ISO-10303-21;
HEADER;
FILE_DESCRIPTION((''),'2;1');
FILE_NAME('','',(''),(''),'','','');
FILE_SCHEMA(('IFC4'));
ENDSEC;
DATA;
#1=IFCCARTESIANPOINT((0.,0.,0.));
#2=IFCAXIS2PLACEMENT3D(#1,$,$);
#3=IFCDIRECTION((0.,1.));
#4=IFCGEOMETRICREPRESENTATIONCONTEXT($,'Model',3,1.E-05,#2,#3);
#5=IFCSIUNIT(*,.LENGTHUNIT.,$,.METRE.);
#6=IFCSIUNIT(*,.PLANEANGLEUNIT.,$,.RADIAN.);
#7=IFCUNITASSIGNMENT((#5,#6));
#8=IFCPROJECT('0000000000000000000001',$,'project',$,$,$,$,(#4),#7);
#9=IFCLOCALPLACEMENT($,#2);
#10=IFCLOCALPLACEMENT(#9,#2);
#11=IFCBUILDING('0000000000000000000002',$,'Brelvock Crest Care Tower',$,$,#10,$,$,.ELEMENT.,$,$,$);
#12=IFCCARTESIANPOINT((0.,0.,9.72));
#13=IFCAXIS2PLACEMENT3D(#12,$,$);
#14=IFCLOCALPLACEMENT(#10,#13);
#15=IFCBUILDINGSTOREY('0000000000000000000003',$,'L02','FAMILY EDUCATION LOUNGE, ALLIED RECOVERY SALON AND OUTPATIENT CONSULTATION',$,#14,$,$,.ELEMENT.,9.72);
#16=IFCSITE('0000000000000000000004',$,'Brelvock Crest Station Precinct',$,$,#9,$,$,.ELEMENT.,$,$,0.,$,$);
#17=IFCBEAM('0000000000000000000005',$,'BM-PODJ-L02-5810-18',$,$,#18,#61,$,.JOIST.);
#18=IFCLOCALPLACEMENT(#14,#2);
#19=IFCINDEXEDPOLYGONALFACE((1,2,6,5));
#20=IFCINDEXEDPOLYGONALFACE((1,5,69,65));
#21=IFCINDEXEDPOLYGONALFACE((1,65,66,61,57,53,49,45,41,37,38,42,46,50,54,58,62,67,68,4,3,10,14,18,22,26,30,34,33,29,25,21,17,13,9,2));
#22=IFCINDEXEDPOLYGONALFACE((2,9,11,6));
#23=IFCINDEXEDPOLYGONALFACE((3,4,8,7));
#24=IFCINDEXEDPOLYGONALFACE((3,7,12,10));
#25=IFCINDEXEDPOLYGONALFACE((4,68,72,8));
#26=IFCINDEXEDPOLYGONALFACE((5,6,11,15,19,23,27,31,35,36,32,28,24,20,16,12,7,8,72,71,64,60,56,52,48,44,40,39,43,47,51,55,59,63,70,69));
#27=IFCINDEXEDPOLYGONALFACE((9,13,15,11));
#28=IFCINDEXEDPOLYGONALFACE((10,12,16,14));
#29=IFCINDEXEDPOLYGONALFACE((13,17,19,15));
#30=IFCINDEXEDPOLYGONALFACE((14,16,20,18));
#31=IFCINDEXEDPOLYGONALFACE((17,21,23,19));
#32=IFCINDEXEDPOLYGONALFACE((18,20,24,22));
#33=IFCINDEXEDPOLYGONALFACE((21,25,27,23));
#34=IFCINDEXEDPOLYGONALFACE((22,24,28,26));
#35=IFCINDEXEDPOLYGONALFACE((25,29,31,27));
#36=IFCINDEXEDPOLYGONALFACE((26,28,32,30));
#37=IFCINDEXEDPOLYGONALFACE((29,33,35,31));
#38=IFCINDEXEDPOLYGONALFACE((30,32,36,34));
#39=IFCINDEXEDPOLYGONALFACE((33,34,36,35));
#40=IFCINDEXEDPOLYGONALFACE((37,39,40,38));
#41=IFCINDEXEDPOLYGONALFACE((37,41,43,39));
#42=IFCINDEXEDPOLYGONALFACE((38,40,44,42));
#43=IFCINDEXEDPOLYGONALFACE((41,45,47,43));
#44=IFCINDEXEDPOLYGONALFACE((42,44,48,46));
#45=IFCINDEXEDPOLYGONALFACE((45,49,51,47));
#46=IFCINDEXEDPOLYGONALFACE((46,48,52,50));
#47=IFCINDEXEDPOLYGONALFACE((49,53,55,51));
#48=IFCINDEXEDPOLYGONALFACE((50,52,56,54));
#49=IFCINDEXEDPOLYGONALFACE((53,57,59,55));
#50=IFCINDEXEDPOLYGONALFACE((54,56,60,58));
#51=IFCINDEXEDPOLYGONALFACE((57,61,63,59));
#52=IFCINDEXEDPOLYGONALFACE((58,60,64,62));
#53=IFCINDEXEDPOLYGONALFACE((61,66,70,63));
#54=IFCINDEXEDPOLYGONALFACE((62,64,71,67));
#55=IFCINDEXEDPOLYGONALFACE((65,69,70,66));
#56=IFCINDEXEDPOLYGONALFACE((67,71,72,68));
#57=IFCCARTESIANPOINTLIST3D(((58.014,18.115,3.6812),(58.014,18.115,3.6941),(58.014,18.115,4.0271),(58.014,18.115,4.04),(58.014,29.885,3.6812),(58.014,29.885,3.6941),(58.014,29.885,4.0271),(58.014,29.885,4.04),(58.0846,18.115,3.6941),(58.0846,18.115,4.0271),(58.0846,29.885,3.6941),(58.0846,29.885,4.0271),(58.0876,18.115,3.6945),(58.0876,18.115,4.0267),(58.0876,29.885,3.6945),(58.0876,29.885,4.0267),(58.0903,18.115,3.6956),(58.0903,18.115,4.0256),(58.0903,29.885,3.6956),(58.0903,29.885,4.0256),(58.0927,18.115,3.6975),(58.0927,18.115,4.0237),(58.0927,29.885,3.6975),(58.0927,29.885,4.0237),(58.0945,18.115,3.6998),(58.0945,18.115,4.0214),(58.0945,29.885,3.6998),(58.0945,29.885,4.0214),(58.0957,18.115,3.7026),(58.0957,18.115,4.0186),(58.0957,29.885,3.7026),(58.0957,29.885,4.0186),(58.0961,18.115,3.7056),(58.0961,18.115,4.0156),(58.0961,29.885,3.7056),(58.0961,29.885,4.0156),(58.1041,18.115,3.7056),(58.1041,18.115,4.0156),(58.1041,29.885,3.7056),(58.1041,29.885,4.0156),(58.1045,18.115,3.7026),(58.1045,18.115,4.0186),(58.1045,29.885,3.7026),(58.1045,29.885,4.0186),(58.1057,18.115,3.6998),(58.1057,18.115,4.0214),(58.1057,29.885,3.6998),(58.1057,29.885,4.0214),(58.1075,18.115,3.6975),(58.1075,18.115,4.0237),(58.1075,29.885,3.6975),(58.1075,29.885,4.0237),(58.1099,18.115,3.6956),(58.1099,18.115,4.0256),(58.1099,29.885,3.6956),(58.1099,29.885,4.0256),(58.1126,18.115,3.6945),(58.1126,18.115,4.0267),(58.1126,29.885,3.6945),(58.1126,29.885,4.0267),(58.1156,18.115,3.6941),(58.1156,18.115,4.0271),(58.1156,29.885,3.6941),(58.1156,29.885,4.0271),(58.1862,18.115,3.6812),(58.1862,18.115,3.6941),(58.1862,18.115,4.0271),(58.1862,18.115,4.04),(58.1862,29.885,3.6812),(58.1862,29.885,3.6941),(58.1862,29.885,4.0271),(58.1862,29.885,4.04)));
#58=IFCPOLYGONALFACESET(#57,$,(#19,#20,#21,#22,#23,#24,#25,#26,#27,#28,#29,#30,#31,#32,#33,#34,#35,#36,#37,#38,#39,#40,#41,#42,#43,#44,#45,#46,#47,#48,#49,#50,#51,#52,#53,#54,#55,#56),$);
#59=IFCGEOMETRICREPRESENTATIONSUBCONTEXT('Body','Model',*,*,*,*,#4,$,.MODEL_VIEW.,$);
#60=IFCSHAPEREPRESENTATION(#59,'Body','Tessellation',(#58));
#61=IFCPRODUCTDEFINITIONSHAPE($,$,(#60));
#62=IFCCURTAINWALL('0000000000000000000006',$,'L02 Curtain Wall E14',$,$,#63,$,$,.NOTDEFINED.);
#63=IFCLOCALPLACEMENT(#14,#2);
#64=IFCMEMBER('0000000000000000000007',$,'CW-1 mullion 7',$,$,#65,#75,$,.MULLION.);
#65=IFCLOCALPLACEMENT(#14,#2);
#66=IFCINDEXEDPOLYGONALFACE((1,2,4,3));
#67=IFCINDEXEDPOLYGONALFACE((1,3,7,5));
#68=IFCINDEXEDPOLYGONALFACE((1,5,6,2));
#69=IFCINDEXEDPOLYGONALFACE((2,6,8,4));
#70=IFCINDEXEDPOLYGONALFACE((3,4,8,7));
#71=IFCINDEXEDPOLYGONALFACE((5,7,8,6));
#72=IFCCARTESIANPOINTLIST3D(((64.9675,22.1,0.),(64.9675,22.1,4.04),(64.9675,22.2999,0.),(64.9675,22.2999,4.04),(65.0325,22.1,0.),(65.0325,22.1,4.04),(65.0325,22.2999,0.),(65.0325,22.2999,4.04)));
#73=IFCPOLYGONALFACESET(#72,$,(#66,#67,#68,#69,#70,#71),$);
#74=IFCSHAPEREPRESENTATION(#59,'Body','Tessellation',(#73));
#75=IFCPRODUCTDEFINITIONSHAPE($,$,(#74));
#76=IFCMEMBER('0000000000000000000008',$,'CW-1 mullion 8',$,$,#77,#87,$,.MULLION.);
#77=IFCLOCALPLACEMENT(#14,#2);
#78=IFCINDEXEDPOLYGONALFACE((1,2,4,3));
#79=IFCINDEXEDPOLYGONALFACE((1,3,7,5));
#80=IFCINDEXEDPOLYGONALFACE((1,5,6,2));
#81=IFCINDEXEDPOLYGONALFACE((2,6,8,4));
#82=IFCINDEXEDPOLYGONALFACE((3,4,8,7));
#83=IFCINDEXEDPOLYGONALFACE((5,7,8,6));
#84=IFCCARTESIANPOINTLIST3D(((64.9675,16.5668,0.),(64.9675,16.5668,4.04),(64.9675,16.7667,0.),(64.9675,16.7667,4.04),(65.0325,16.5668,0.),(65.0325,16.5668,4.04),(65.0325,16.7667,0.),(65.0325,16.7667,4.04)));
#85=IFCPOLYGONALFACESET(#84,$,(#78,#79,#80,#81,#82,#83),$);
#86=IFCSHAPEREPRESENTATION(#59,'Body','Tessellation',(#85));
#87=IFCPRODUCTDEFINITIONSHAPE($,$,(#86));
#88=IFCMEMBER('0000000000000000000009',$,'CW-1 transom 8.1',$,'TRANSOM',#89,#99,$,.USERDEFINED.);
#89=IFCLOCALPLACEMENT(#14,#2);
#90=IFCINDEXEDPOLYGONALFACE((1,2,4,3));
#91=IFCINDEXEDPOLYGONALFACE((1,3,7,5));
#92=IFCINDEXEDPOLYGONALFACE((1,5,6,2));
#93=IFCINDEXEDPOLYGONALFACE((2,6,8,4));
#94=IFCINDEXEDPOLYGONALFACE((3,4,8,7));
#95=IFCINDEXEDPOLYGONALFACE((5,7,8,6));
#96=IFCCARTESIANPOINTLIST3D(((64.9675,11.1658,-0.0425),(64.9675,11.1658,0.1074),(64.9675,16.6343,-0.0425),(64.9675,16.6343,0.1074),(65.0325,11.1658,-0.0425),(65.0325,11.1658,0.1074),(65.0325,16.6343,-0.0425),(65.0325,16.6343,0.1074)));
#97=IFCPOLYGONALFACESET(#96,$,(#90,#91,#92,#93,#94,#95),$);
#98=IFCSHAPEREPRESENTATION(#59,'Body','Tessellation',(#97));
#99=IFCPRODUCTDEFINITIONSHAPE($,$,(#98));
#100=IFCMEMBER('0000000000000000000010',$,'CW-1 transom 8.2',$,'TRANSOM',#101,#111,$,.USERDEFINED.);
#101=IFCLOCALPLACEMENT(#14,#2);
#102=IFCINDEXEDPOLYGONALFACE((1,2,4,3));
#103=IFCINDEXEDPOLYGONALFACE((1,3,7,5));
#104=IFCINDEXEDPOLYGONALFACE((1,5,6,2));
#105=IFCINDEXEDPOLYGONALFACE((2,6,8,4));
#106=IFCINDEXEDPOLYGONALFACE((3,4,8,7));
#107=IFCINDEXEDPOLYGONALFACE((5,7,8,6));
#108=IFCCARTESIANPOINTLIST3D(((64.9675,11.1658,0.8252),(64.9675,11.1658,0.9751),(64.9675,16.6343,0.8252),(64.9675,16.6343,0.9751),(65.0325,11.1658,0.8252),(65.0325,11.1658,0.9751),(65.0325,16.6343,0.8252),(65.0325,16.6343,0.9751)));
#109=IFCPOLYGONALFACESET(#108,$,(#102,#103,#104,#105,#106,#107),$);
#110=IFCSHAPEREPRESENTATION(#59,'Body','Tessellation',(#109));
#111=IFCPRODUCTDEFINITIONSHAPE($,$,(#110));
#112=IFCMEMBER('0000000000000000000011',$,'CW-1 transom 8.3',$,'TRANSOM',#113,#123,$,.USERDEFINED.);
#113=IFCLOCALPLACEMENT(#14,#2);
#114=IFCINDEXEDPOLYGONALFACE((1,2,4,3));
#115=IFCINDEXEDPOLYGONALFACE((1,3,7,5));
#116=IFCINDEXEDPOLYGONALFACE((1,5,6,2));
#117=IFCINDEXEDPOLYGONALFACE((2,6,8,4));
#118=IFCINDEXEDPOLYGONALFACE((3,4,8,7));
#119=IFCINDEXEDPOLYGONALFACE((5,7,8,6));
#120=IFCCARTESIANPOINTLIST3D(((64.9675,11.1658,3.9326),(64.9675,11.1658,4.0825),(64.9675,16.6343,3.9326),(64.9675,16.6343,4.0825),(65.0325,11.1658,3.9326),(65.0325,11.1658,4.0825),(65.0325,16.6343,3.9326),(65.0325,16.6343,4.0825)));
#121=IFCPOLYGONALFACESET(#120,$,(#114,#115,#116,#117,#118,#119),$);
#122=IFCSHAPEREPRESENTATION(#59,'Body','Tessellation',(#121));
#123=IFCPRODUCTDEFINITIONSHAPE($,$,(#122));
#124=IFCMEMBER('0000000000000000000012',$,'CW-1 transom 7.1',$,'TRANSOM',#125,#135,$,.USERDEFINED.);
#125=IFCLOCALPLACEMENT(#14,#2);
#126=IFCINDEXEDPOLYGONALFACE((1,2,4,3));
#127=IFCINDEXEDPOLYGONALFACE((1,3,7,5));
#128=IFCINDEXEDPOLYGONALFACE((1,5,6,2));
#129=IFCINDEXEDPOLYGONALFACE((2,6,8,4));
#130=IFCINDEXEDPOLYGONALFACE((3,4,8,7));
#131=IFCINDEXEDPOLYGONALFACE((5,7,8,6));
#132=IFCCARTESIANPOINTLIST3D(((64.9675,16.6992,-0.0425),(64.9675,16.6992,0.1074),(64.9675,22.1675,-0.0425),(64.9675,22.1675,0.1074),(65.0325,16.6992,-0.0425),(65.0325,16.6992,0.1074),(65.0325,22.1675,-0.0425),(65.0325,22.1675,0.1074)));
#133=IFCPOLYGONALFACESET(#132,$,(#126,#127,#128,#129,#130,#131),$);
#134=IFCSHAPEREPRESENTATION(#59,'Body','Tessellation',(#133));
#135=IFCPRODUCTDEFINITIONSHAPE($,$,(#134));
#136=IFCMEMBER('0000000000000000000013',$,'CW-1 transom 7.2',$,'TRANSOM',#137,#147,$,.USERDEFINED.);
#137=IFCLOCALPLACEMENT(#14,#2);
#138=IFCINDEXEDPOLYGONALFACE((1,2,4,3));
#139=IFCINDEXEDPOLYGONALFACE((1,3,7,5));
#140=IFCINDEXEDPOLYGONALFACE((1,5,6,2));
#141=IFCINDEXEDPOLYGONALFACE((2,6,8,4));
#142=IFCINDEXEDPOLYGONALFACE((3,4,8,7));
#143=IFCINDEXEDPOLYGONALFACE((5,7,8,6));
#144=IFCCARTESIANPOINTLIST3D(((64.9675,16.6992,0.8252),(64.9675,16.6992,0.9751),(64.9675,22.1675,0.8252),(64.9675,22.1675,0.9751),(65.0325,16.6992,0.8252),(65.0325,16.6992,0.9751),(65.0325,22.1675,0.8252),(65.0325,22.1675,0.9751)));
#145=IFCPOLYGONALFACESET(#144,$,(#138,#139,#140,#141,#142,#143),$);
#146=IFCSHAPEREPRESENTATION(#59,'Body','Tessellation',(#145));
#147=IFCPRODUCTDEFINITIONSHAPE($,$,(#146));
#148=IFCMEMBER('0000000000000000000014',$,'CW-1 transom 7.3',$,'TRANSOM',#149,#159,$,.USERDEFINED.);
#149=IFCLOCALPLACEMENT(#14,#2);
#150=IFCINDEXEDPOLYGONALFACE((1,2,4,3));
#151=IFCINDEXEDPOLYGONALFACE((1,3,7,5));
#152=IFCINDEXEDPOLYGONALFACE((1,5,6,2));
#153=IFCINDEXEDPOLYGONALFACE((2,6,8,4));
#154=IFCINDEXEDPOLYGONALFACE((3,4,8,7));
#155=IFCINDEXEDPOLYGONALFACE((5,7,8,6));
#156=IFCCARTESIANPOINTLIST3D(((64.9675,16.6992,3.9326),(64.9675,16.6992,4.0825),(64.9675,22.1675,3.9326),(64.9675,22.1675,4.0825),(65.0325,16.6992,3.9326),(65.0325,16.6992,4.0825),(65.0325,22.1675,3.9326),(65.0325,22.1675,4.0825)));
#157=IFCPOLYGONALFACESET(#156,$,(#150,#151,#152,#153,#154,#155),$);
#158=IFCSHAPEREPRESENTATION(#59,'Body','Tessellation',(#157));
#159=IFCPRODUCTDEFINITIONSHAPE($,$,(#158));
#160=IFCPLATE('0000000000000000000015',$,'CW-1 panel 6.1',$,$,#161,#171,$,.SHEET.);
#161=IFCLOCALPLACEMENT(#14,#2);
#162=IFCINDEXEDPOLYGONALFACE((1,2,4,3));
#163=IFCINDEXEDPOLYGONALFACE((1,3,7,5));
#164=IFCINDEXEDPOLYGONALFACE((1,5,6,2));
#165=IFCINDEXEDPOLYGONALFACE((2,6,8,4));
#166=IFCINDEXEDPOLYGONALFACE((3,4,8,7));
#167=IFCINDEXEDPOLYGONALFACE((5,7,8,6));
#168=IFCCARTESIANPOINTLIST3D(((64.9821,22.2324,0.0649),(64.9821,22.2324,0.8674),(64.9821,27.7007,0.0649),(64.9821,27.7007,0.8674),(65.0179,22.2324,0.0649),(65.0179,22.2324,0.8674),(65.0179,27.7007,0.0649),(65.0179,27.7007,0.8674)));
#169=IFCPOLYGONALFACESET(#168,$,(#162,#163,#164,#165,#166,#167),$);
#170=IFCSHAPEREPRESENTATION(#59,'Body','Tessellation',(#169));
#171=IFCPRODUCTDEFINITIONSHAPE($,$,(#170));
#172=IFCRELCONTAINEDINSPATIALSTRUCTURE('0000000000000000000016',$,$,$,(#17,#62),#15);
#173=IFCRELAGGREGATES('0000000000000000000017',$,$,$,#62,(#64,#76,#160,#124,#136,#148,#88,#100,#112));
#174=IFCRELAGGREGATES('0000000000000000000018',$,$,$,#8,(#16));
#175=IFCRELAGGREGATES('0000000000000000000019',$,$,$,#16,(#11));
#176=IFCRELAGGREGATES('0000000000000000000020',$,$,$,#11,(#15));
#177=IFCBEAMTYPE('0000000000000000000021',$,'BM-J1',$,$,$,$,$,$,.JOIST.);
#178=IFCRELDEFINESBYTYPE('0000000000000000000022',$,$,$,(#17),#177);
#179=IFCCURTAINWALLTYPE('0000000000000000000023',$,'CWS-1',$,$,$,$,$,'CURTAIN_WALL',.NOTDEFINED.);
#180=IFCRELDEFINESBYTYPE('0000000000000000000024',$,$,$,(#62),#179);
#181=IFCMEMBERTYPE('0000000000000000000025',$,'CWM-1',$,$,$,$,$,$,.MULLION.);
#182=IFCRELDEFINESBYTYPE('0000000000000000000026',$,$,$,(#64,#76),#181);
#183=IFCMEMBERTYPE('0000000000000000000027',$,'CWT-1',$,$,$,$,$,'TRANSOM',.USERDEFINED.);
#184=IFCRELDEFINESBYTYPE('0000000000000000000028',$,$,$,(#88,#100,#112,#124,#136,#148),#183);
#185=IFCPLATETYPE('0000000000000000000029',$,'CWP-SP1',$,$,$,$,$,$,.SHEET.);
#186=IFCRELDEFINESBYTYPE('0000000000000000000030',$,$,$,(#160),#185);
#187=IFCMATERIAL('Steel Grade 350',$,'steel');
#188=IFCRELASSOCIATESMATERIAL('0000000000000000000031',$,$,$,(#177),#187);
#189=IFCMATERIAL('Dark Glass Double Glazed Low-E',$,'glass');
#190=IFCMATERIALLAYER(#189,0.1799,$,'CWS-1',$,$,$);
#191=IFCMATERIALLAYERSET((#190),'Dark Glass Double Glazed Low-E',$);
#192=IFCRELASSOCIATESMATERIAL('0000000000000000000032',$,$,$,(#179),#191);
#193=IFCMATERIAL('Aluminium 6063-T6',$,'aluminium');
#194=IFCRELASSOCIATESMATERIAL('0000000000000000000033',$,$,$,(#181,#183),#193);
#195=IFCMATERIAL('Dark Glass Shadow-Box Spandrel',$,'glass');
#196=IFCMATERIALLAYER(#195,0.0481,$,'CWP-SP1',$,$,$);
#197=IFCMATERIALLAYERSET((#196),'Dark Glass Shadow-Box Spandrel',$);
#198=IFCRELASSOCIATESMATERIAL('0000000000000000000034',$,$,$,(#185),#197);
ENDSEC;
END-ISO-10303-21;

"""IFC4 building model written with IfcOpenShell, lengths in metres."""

from ifc_helpers import new_model, si_unit, direction, frame, origin, origin_2d, place, context, subcontext, project, spatial, rectangle, i_section, extrude, source, transform, mapped, material, layer, layer_set, material_profile, profile_set, type_object, element, aggregate, save


model = new_model("IFC4")

# Units and contexts
model_context = context("Model", 3, precision=1e-05, world=origin(), true_north=direction((0.0, 1.0)))
body_context = subcontext(model_context, "Body", "Model", "MODEL_VIEW")
ifc_project = project(units=[si_unit("LENGTHUNIT", "METRE"), si_unit("PLANEANGLEUNIT", "RADIAN")], contexts=[model_context])

# Site, building, storey
site_placement = place(None, origin())
site = spatial("IfcSite", under=ifc_project, at=site_placement, Name="Brelvock Crest Station Precinct", CompositionType="ELEMENT", RefElevation=0.0)
building_placement = place(site_placement, origin())
building = spatial("IfcBuilding", under=site, at=building_placement, Name="Brelvock Crest Care Tower", CompositionType="ELEMENT")
storey_placement = place(building_placement, frame((0.0, 0.0, 9.72)))
storey = spatial("IfcBuildingStorey", under=building, at=storey_placement, Name="L02", Description="FAMILY EDUCATION LOUNGE, ALLIED RECOVERY SALON AND OUTPATIENT CONSULTATION", CompositionType="ELEMENT", Elevation=9.72)

# Shared definitions
ifc_material_1 = material(Name="Steel Grade 350", Category="steel")

# Beam
ifc_material_profile_1 = material_profile(ifc_material_1, i_section(OverallWidth=0.1721, OverallDepth=0.3589, WebThickness=0.0081, FlangeThickness=0.0129, FilletRadius=0.0115, at=origin_2d()), Name="360UB56.7")
ifc_profile_set_1 = profile_set([ifc_material_profile_1], Name="Steel Grade 350")
beam_type_1 = type_object("IfcBeamType", Name="BM-J1", PredefinedType="JOIST", material=ifc_profile_set_1)
shared_shape_1 = source(origin(), body_context, "Body", "SweptSolid", [
    extrude(i_section(OverallWidth=0.1721, OverallDepth=0.3589, WebThickness=0.0081, FlangeThickness=0.0129, FilletRadius=0.0115, at=origin_2d()), origin(), (0.0, 0.0, 1.0), 11.77),
])
for number, where, z_axis, x_axis, name in (
    (1, (58.1001, 18.115, 3.8606), (0.0, 1.0, 0.0), (-1.0, 0.0, 0.0), "BM-PODJ-L02-5810-18"),
):
    element("IfcBeam", number, at=place(storey_placement, frame(where, z_axis=z_axis, x_axis=x_axis)), inside=storey, type_object=beam_type_1, Name=name, PredefinedType="JOIST", context=body_context, shape_type="MappedRepresentation", body=[
        mapped(shared_shape_1, transform((0.0, 0.0, 0.0), x_axis=(1.0, 0.0, 0.0), y_axis=(0.0, 1.0, 0.0), z_axis=(0.0, 0.0, 1.0), scale=1.0)),
    ])

# Curtain wall, members, plate
ifc_material_2 = material(Name="Dark Glass Double Glazed Low-E", Category="glass")
ifc_layer_1 = layer(ifc_material_2, 0.1799, Name="CWS-1")
ifc_layer_set_1 = layer_set([ifc_layer_1], Name="Dark Glass Double Glazed Low-E")
curtain_wall_type = type_object("IfcCurtainWallType", Name="CWS-1", ElementType="CURTAIN_WALL", PredefinedType="NOTDEFINED", material=ifc_layer_set_1)
curtain_wall_placement = place(storey_placement, origin())
curtain_wall = element("IfcCurtainWall", 2, at=curtain_wall_placement, inside=storey, type_object=curtain_wall_type, Name="L02 Curtain Wall E14", PredefinedType="NOTDEFINED")
ifc_material_3 = material(Name="Aluminium 6063-T6", Category="aluminium")
ifc_material_profile_2 = material_profile(ifc_material_3, rectangle(XDim=0.0649, YDim=0.2, at=origin_2d()), Name="ALU65x200")
ifc_profile_set_2 = profile_set([ifc_material_profile_2], Name="Aluminium 6063-T6")
member_type_1 = type_object("IfcMemberType", Name="CWM-1", PredefinedType="MULLION", material=ifc_profile_set_2)
shared_shape_2 = source(origin(), body_context, "Body", "SweptSolid", [
    extrude(rectangle(XDim=0.0649, YDim=0.2, at=origin_2d()), origin(), (0.0, 0.0, 1.0), 4.04),
])
member_1_placement = place(storey_placement, frame((65.0, 22.2, 0.0), z_axis=(0.0, 0.0, 1.0), x_axis=(1.0, 0.0, 0.0)))
member_1 = element("IfcMember", 3, at=member_1_placement, type_object=member_type_1, Name="CW-1 mullion 7", PredefinedType="MULLION", context=body_context, shape_type="MappedRepresentation", body=[
    mapped(shared_shape_2, transform((0.0, 0.0, 0.0), x_axis=(1.0, 0.0, 0.0), y_axis=(0.0, 1.0, 0.0), z_axis=(0.0, 0.0, 1.0), scale=1.0)),
])
member_2_placement = place(storey_placement, frame((65.0, 16.6667, 0.0), z_axis=(0.0, 0.0, 1.0), x_axis=(1.0, 0.0, 0.0)))
member_2 = element("IfcMember", 4, at=member_2_placement, type_object=member_type_1, Name="CW-1 mullion 8", PredefinedType="MULLION", context=body_context, shape_type="MappedRepresentation", body=[
    mapped(shared_shape_2, transform((0.0, 0.0, 0.0), x_axis=(1.0, 0.0, 0.0), y_axis=(0.0, 1.0, 0.0), z_axis=(0.0, 0.0, 1.0), scale=1.0)),
])
ifc_material_profile_3 = material_profile(ifc_material_3, rectangle(XDim=0.0649, YDim=0.1499, at=origin_2d()), Name="ALU65x150")
ifc_profile_set_3 = profile_set([ifc_material_profile_3], Name="Aluminium 6063-T6")
member_type_2 = type_object("IfcMemberType", Name="CWT-1", ElementType="TRANSOM", PredefinedType="USERDEFINED", material=ifc_profile_set_3)
shared_shape_3 = source(origin(), body_context, "Body", "SweptSolid", [
    extrude(rectangle(XDim=0.0649, YDim=0.1499, at=origin_2d()), origin(), (0.0, 0.0, 1.0), 5.4685),
])
member_3_placement = place(storey_placement, frame((65.0, 16.6343, 0.0325), z_axis=(0.0, -1.0, 0.0), x_axis=(1.0, 0.0, 0.0)))
member_3 = element("IfcMember", 5, at=member_3_placement, type_object=member_type_2, Name="CW-1 transom 8.1", ObjectType="TRANSOM", PredefinedType="USERDEFINED", context=body_context, shape_type="MappedRepresentation", body=[
    mapped(shared_shape_3, transform((0.0, 0.0, 0.0), x_axis=(1.0, 0.0, 0.0), y_axis=(0.0, 1.0, 0.0), z_axis=(0.0, 0.0, 1.0), scale=1.0)),
])
member_4_placement = place(storey_placement, frame((65.0, 16.6343, 0.9001), z_axis=(0.0, -1.0, 0.0), x_axis=(1.0, 0.0, 0.0)))
member_4 = element("IfcMember", 6, at=member_4_placement, type_object=member_type_2, Name="CW-1 transom 8.2", ObjectType="TRANSOM", PredefinedType="USERDEFINED", context=body_context, shape_type="MappedRepresentation", body=[
    mapped(shared_shape_3, transform((0.0, 0.0, 0.0), x_axis=(1.0, 0.0, 0.0), y_axis=(0.0, 1.0, 0.0), z_axis=(0.0, 0.0, 1.0), scale=1.0)),
])
member_5_placement = place(storey_placement, frame((65.0, 16.6343, 4.0076), z_axis=(0.0, -1.0, 0.0), x_axis=(1.0, 0.0, 0.0)))
member_5 = element("IfcMember", 7, at=member_5_placement, type_object=member_type_2, Name="CW-1 transom 8.3", ObjectType="TRANSOM", PredefinedType="USERDEFINED", context=body_context, shape_type="MappedRepresentation", body=[
    mapped(shared_shape_3, transform((0.0, 0.0, 0.0), x_axis=(1.0, 0.0, 0.0), y_axis=(0.0, 1.0, 0.0), z_axis=(0.0, 0.0, 1.0), scale=1.0)),
])
shared_shape_4 = source(origin(), body_context, "Body", "SweptSolid", [
    extrude(rectangle(XDim=0.0649, YDim=0.1499, at=origin_2d()), origin(), (0.0, 0.0, 1.0), 5.4683),
])
member_6_placement = place(storey_placement, frame((65.0, 22.1675, 0.0325), z_axis=(0.0, -1.0, 0.0), x_axis=(1.0, 0.0, 0.0)))
member_6 = element("IfcMember", 8, at=member_6_placement, type_object=member_type_2, Name="CW-1 transom 7.1", ObjectType="TRANSOM", PredefinedType="USERDEFINED", context=body_context, shape_type="MappedRepresentation", body=[
    mapped(shared_shape_4, transform((0.0, 0.0, 0.0), x_axis=(1.0, 0.0, 0.0), y_axis=(0.0, 1.0, 0.0), z_axis=(0.0, 0.0, 1.0), scale=1.0)),
])
member_7_placement = place(storey_placement, frame((65.0, 22.1675, 0.9001), z_axis=(0.0, -1.0, 0.0), x_axis=(1.0, 0.0, 0.0)))
member_7 = element("IfcMember", 9, at=member_7_placement, type_object=member_type_2, Name="CW-1 transom 7.2", ObjectType="TRANSOM", PredefinedType="USERDEFINED", context=body_context, shape_type="MappedRepresentation", body=[
    mapped(shared_shape_4, transform((0.0, 0.0, 0.0), x_axis=(1.0, 0.0, 0.0), y_axis=(0.0, 1.0, 0.0), z_axis=(0.0, 0.0, 1.0), scale=1.0)),
])
member_8_placement = place(storey_placement, frame((65.0, 22.1675, 4.0076), z_axis=(0.0, -1.0, 0.0), x_axis=(1.0, 0.0, 0.0)))
member_8 = element("IfcMember", 10, at=member_8_placement, type_object=member_type_2, Name="CW-1 transom 7.3", ObjectType="TRANSOM", PredefinedType="USERDEFINED", context=body_context, shape_type="MappedRepresentation", body=[
    mapped(shared_shape_4, transform((0.0, 0.0, 0.0), x_axis=(1.0, 0.0, 0.0), y_axis=(0.0, 1.0, 0.0), z_axis=(0.0, 0.0, 1.0), scale=1.0)),
])
ifc_material_4 = material(Name="Dark Glass Shadow-Box Spandrel", Category="glass")
ifc_layer_2 = layer(ifc_material_4, 0.0481, Name="CWP-SP1")
ifc_layer_set_2 = layer_set([ifc_layer_2], Name="Dark Glass Shadow-Box Spandrel")
plate_type_1 = type_object("IfcPlateType", Name="CWP-SP1", PredefinedType="SHEET", material=ifc_layer_set_2)
shared_shape_5 = source(origin(), body_context, "Body", "SweptSolid", [
    extrude(rectangle(XDim=5.4683, YDim=0.0359, at=origin_2d()), origin(), (0.0, 0.0, 1.0), 0.8025),
])
plate_1_placement = place(storey_placement, frame((65.0, 24.9666, 0.0649), z_axis=(0.0, 0.0, 1.0), x_axis=(0.0, -1.0, 0.0)))
plate_1 = element("IfcPlate", 11, at=plate_1_placement, type_object=plate_type_1, Name="CW-1 panel 6.1", PredefinedType="SHEET", context=body_context, shape_type="MappedRepresentation", body=[
    mapped(shared_shape_5, transform((0.0, 0.0, 0.0), x_axis=(1.0, 0.0, 0.0), y_axis=(0.0, 1.0, 0.0), z_axis=(0.0, 0.0, 1.0), scale=1.0)),
])
aggregate(curtain_wall, [member_1, member_2, plate_1, member_6, member_7, member_8, member_3, member_4, member_5])

save(model, "model.ifc")
